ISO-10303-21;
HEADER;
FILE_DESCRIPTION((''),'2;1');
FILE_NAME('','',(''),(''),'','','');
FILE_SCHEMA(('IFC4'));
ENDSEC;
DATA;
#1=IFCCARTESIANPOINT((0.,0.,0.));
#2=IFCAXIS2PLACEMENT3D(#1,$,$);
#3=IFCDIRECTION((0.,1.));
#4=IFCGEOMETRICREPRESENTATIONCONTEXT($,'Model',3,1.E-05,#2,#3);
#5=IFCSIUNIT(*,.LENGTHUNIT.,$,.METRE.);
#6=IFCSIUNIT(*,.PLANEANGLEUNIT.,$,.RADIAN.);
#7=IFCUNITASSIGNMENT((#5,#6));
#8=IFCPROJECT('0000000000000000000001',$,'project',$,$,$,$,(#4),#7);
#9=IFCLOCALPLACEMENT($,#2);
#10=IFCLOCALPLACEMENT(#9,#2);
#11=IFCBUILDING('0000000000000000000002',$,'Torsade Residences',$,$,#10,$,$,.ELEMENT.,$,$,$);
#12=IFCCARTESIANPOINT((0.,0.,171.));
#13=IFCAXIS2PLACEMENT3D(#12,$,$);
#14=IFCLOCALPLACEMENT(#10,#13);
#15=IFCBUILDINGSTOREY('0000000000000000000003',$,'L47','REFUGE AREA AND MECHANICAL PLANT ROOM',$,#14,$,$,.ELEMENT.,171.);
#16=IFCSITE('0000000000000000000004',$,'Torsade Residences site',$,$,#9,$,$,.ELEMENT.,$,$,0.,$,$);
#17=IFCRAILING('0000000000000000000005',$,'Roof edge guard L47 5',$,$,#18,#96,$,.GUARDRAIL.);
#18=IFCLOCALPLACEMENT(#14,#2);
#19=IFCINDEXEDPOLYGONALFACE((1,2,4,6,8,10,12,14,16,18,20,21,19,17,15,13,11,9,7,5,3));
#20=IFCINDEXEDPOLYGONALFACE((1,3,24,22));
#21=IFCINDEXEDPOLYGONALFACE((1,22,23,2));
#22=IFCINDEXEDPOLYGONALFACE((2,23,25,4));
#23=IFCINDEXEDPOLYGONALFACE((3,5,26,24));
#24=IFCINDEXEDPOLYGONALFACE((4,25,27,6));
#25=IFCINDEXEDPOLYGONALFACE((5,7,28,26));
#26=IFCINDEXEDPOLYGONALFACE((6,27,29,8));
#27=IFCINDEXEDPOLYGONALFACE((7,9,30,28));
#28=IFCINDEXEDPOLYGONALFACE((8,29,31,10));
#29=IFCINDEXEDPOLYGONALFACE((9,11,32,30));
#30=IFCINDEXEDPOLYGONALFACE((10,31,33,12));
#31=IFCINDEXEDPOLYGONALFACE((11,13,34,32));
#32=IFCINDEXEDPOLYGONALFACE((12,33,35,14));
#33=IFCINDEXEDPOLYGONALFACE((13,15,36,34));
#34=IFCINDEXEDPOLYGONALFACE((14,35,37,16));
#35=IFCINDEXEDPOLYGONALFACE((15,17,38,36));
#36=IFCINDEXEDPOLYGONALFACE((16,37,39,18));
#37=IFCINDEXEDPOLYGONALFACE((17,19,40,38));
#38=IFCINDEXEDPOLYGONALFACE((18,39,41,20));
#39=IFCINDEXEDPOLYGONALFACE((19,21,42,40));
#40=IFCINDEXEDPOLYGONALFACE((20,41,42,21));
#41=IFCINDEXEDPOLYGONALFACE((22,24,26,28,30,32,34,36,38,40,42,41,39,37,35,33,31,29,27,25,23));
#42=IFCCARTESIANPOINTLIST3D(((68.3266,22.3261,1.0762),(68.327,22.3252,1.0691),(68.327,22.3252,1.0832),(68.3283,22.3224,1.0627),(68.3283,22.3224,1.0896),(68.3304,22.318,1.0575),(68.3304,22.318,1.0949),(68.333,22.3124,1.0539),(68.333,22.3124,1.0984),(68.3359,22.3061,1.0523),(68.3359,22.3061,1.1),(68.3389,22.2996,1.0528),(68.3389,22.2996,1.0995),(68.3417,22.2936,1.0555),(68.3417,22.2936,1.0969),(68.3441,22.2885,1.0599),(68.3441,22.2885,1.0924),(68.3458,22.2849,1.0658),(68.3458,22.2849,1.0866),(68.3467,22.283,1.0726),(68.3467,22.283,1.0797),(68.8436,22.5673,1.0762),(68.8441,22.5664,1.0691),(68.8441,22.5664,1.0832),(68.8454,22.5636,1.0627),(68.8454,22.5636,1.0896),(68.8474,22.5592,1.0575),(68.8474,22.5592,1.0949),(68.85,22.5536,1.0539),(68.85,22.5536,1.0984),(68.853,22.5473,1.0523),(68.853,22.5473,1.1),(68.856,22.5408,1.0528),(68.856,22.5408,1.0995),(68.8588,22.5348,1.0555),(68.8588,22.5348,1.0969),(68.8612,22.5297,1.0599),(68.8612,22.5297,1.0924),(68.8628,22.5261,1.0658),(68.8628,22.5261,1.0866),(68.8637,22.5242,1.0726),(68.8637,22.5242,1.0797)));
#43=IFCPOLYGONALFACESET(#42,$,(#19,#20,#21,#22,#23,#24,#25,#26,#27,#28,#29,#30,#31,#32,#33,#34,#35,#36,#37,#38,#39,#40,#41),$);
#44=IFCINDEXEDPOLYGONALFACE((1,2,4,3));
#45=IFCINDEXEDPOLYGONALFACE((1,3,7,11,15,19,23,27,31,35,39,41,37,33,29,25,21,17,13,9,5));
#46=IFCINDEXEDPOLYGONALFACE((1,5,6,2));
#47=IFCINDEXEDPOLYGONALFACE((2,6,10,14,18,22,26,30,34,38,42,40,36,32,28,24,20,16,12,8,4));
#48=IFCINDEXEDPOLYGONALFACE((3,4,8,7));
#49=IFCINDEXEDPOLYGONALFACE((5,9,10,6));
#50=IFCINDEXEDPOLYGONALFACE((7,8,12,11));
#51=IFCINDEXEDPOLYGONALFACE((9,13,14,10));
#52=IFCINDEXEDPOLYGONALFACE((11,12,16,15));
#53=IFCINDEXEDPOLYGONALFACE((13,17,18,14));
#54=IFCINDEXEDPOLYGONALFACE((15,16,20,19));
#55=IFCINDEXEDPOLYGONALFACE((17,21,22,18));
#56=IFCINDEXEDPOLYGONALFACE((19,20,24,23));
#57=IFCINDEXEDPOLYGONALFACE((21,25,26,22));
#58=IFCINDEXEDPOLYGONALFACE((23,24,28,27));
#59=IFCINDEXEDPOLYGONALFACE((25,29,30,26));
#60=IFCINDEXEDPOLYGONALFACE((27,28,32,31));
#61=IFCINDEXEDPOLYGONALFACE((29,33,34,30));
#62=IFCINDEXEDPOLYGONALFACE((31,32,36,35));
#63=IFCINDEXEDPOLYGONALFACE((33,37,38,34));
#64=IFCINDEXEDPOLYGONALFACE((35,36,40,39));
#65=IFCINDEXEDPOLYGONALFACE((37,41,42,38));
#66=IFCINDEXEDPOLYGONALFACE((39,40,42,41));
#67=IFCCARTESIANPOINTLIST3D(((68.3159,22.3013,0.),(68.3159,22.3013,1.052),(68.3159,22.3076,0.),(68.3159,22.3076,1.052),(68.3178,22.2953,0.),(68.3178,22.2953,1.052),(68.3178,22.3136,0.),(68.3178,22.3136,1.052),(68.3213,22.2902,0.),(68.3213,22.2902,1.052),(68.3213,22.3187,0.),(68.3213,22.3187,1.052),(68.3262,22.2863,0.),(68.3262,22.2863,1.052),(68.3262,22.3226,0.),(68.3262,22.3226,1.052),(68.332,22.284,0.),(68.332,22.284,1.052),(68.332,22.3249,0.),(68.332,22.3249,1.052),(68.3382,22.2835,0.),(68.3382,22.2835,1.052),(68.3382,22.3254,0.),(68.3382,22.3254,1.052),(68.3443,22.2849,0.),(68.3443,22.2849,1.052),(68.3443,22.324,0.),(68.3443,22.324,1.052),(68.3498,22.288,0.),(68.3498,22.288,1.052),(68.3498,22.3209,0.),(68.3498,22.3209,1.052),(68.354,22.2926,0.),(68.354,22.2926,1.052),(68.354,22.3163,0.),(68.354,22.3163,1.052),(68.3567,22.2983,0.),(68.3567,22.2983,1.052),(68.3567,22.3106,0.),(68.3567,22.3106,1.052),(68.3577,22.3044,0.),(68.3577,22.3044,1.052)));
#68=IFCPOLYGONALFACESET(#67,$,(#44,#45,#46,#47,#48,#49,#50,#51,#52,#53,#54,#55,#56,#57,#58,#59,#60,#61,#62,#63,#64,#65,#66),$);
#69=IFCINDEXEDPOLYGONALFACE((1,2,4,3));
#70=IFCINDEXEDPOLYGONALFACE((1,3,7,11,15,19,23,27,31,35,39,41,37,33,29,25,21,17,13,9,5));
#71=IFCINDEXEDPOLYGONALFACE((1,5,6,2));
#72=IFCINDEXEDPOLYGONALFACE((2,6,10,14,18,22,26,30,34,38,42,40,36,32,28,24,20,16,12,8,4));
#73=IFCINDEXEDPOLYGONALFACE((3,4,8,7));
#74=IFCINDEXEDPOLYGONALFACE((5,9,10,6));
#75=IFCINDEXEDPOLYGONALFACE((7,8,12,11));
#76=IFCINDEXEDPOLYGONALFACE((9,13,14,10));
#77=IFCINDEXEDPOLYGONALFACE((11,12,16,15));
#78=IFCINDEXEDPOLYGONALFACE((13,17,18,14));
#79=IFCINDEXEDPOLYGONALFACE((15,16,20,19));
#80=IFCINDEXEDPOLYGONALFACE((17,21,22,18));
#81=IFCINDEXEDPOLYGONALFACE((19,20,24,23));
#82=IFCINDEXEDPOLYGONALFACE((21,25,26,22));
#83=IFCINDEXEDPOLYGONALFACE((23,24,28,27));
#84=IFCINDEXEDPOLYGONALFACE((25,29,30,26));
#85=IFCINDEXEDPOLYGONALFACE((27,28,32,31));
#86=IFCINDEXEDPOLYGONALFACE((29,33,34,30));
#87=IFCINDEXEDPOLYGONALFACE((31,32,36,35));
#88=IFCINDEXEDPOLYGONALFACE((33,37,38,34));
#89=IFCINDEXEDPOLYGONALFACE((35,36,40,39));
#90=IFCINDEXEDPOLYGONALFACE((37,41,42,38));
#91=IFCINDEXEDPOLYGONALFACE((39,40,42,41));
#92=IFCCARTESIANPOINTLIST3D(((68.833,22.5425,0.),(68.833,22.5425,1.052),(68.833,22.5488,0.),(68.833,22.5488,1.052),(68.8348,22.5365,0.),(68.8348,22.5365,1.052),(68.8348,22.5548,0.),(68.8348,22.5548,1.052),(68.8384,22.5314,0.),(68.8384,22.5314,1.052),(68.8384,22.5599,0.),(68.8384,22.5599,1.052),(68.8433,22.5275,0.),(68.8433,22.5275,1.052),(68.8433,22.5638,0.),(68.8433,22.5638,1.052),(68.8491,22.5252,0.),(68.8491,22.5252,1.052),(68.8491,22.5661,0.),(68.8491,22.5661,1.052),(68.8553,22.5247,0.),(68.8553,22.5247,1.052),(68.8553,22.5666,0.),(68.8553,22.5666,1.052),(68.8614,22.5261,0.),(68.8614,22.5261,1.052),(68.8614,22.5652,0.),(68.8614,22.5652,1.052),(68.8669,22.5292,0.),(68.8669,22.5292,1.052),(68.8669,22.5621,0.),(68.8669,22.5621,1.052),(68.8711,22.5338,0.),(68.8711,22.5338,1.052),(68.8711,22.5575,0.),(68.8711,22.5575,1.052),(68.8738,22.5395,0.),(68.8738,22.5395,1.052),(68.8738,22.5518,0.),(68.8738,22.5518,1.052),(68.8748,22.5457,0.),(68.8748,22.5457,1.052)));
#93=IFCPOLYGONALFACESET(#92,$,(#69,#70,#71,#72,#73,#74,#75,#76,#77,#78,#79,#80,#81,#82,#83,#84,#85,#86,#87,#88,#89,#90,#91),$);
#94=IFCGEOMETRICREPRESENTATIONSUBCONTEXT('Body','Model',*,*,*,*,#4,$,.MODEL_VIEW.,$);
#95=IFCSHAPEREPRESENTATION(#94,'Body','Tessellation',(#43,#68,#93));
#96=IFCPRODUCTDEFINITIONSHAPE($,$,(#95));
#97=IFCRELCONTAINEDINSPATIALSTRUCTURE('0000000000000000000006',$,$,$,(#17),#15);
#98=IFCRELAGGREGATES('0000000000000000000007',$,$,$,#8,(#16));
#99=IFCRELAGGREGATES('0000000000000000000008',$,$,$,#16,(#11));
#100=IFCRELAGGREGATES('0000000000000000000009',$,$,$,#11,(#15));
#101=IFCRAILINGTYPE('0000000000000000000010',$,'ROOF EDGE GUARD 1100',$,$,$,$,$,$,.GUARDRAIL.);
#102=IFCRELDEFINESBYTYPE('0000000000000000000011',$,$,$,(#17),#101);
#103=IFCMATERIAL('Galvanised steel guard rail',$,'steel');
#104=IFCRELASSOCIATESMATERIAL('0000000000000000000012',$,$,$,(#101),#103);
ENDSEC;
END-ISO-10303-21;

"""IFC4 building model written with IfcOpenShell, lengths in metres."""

from ifc_helpers import new_model, si_unit, direction, frame, origin, origin_2d, place, context, subcontext, project, spatial, circle, extrude, material, type_object, element, save


model = new_model("IFC4")

# Units and contexts
model_context = context("Model", 3, precision=1e-05, world=origin(), true_north=direction((0.0, 1.0)))
body_context = subcontext(model_context, "Body", "Model", "MODEL_VIEW")
ifc_project = project(units=[si_unit("LENGTHUNIT", "METRE"), si_unit("PLANEANGLEUNIT", "RADIAN")], contexts=[model_context])

# Site, building, storey
site_placement = place(None, origin())
site = spatial("IfcSite", under=ifc_project, at=site_placement, Name="Torsade Residences site", CompositionType="ELEMENT", RefElevation=0.0)
building_placement = place(site_placement, origin())
building = spatial("IfcBuilding", under=site, at=building_placement, Name="Torsade Residences", CompositionType="ELEMENT")
storey_placement = place(building_placement, frame((0.0, 0.0, 171.0)))
storey = spatial("IfcBuildingStorey", under=building, at=storey_placement, Name="L47", Description="REFUGE AREA AND MECHANICAL PLANT ROOM", CompositionType="ELEMENT", Elevation=171.0)

# Railing
ifc_material_1 = material(Name="Galvanised steel guard rail", Category="steel")
railing_type = type_object("IfcRailingType", Name="ROOF EDGE GUARD 1100", PredefinedType="GUARDRAIL", material=ifc_material_1)
railing_1_placement = place(storey_placement, frame((68.3367, 22.3044, 0.0)))
element("IfcRailing", 1, at=railing_1_placement, inside=storey, type_object=railing_type, Name="Roof edge guard L47 5", PredefinedType="GUARDRAIL", context=body_context, shape_type="SweptSolid", body=[
    extrude(circle(Radius=0.0239, at=origin_2d()), frame((0.0, 0.0, 1.0762), z_axis=(0.906249, 0.422745, 0.0), x_axis=(-0.422745, 0.906249, 0.0)), (0.0, 0.0, 1.0), 0.5706),
    extrude(circle(Radius=0.021, at=origin_2d()), origin(), (0.0, 0.0, 1.0), 1.052),
    extrude(circle(Radius=0.021, at=origin_2d()), frame((0.5171, 0.2412, 0.0)), (0.0, 0.0, 1.0), 1.052),
])

save(model, "model.ifc")
